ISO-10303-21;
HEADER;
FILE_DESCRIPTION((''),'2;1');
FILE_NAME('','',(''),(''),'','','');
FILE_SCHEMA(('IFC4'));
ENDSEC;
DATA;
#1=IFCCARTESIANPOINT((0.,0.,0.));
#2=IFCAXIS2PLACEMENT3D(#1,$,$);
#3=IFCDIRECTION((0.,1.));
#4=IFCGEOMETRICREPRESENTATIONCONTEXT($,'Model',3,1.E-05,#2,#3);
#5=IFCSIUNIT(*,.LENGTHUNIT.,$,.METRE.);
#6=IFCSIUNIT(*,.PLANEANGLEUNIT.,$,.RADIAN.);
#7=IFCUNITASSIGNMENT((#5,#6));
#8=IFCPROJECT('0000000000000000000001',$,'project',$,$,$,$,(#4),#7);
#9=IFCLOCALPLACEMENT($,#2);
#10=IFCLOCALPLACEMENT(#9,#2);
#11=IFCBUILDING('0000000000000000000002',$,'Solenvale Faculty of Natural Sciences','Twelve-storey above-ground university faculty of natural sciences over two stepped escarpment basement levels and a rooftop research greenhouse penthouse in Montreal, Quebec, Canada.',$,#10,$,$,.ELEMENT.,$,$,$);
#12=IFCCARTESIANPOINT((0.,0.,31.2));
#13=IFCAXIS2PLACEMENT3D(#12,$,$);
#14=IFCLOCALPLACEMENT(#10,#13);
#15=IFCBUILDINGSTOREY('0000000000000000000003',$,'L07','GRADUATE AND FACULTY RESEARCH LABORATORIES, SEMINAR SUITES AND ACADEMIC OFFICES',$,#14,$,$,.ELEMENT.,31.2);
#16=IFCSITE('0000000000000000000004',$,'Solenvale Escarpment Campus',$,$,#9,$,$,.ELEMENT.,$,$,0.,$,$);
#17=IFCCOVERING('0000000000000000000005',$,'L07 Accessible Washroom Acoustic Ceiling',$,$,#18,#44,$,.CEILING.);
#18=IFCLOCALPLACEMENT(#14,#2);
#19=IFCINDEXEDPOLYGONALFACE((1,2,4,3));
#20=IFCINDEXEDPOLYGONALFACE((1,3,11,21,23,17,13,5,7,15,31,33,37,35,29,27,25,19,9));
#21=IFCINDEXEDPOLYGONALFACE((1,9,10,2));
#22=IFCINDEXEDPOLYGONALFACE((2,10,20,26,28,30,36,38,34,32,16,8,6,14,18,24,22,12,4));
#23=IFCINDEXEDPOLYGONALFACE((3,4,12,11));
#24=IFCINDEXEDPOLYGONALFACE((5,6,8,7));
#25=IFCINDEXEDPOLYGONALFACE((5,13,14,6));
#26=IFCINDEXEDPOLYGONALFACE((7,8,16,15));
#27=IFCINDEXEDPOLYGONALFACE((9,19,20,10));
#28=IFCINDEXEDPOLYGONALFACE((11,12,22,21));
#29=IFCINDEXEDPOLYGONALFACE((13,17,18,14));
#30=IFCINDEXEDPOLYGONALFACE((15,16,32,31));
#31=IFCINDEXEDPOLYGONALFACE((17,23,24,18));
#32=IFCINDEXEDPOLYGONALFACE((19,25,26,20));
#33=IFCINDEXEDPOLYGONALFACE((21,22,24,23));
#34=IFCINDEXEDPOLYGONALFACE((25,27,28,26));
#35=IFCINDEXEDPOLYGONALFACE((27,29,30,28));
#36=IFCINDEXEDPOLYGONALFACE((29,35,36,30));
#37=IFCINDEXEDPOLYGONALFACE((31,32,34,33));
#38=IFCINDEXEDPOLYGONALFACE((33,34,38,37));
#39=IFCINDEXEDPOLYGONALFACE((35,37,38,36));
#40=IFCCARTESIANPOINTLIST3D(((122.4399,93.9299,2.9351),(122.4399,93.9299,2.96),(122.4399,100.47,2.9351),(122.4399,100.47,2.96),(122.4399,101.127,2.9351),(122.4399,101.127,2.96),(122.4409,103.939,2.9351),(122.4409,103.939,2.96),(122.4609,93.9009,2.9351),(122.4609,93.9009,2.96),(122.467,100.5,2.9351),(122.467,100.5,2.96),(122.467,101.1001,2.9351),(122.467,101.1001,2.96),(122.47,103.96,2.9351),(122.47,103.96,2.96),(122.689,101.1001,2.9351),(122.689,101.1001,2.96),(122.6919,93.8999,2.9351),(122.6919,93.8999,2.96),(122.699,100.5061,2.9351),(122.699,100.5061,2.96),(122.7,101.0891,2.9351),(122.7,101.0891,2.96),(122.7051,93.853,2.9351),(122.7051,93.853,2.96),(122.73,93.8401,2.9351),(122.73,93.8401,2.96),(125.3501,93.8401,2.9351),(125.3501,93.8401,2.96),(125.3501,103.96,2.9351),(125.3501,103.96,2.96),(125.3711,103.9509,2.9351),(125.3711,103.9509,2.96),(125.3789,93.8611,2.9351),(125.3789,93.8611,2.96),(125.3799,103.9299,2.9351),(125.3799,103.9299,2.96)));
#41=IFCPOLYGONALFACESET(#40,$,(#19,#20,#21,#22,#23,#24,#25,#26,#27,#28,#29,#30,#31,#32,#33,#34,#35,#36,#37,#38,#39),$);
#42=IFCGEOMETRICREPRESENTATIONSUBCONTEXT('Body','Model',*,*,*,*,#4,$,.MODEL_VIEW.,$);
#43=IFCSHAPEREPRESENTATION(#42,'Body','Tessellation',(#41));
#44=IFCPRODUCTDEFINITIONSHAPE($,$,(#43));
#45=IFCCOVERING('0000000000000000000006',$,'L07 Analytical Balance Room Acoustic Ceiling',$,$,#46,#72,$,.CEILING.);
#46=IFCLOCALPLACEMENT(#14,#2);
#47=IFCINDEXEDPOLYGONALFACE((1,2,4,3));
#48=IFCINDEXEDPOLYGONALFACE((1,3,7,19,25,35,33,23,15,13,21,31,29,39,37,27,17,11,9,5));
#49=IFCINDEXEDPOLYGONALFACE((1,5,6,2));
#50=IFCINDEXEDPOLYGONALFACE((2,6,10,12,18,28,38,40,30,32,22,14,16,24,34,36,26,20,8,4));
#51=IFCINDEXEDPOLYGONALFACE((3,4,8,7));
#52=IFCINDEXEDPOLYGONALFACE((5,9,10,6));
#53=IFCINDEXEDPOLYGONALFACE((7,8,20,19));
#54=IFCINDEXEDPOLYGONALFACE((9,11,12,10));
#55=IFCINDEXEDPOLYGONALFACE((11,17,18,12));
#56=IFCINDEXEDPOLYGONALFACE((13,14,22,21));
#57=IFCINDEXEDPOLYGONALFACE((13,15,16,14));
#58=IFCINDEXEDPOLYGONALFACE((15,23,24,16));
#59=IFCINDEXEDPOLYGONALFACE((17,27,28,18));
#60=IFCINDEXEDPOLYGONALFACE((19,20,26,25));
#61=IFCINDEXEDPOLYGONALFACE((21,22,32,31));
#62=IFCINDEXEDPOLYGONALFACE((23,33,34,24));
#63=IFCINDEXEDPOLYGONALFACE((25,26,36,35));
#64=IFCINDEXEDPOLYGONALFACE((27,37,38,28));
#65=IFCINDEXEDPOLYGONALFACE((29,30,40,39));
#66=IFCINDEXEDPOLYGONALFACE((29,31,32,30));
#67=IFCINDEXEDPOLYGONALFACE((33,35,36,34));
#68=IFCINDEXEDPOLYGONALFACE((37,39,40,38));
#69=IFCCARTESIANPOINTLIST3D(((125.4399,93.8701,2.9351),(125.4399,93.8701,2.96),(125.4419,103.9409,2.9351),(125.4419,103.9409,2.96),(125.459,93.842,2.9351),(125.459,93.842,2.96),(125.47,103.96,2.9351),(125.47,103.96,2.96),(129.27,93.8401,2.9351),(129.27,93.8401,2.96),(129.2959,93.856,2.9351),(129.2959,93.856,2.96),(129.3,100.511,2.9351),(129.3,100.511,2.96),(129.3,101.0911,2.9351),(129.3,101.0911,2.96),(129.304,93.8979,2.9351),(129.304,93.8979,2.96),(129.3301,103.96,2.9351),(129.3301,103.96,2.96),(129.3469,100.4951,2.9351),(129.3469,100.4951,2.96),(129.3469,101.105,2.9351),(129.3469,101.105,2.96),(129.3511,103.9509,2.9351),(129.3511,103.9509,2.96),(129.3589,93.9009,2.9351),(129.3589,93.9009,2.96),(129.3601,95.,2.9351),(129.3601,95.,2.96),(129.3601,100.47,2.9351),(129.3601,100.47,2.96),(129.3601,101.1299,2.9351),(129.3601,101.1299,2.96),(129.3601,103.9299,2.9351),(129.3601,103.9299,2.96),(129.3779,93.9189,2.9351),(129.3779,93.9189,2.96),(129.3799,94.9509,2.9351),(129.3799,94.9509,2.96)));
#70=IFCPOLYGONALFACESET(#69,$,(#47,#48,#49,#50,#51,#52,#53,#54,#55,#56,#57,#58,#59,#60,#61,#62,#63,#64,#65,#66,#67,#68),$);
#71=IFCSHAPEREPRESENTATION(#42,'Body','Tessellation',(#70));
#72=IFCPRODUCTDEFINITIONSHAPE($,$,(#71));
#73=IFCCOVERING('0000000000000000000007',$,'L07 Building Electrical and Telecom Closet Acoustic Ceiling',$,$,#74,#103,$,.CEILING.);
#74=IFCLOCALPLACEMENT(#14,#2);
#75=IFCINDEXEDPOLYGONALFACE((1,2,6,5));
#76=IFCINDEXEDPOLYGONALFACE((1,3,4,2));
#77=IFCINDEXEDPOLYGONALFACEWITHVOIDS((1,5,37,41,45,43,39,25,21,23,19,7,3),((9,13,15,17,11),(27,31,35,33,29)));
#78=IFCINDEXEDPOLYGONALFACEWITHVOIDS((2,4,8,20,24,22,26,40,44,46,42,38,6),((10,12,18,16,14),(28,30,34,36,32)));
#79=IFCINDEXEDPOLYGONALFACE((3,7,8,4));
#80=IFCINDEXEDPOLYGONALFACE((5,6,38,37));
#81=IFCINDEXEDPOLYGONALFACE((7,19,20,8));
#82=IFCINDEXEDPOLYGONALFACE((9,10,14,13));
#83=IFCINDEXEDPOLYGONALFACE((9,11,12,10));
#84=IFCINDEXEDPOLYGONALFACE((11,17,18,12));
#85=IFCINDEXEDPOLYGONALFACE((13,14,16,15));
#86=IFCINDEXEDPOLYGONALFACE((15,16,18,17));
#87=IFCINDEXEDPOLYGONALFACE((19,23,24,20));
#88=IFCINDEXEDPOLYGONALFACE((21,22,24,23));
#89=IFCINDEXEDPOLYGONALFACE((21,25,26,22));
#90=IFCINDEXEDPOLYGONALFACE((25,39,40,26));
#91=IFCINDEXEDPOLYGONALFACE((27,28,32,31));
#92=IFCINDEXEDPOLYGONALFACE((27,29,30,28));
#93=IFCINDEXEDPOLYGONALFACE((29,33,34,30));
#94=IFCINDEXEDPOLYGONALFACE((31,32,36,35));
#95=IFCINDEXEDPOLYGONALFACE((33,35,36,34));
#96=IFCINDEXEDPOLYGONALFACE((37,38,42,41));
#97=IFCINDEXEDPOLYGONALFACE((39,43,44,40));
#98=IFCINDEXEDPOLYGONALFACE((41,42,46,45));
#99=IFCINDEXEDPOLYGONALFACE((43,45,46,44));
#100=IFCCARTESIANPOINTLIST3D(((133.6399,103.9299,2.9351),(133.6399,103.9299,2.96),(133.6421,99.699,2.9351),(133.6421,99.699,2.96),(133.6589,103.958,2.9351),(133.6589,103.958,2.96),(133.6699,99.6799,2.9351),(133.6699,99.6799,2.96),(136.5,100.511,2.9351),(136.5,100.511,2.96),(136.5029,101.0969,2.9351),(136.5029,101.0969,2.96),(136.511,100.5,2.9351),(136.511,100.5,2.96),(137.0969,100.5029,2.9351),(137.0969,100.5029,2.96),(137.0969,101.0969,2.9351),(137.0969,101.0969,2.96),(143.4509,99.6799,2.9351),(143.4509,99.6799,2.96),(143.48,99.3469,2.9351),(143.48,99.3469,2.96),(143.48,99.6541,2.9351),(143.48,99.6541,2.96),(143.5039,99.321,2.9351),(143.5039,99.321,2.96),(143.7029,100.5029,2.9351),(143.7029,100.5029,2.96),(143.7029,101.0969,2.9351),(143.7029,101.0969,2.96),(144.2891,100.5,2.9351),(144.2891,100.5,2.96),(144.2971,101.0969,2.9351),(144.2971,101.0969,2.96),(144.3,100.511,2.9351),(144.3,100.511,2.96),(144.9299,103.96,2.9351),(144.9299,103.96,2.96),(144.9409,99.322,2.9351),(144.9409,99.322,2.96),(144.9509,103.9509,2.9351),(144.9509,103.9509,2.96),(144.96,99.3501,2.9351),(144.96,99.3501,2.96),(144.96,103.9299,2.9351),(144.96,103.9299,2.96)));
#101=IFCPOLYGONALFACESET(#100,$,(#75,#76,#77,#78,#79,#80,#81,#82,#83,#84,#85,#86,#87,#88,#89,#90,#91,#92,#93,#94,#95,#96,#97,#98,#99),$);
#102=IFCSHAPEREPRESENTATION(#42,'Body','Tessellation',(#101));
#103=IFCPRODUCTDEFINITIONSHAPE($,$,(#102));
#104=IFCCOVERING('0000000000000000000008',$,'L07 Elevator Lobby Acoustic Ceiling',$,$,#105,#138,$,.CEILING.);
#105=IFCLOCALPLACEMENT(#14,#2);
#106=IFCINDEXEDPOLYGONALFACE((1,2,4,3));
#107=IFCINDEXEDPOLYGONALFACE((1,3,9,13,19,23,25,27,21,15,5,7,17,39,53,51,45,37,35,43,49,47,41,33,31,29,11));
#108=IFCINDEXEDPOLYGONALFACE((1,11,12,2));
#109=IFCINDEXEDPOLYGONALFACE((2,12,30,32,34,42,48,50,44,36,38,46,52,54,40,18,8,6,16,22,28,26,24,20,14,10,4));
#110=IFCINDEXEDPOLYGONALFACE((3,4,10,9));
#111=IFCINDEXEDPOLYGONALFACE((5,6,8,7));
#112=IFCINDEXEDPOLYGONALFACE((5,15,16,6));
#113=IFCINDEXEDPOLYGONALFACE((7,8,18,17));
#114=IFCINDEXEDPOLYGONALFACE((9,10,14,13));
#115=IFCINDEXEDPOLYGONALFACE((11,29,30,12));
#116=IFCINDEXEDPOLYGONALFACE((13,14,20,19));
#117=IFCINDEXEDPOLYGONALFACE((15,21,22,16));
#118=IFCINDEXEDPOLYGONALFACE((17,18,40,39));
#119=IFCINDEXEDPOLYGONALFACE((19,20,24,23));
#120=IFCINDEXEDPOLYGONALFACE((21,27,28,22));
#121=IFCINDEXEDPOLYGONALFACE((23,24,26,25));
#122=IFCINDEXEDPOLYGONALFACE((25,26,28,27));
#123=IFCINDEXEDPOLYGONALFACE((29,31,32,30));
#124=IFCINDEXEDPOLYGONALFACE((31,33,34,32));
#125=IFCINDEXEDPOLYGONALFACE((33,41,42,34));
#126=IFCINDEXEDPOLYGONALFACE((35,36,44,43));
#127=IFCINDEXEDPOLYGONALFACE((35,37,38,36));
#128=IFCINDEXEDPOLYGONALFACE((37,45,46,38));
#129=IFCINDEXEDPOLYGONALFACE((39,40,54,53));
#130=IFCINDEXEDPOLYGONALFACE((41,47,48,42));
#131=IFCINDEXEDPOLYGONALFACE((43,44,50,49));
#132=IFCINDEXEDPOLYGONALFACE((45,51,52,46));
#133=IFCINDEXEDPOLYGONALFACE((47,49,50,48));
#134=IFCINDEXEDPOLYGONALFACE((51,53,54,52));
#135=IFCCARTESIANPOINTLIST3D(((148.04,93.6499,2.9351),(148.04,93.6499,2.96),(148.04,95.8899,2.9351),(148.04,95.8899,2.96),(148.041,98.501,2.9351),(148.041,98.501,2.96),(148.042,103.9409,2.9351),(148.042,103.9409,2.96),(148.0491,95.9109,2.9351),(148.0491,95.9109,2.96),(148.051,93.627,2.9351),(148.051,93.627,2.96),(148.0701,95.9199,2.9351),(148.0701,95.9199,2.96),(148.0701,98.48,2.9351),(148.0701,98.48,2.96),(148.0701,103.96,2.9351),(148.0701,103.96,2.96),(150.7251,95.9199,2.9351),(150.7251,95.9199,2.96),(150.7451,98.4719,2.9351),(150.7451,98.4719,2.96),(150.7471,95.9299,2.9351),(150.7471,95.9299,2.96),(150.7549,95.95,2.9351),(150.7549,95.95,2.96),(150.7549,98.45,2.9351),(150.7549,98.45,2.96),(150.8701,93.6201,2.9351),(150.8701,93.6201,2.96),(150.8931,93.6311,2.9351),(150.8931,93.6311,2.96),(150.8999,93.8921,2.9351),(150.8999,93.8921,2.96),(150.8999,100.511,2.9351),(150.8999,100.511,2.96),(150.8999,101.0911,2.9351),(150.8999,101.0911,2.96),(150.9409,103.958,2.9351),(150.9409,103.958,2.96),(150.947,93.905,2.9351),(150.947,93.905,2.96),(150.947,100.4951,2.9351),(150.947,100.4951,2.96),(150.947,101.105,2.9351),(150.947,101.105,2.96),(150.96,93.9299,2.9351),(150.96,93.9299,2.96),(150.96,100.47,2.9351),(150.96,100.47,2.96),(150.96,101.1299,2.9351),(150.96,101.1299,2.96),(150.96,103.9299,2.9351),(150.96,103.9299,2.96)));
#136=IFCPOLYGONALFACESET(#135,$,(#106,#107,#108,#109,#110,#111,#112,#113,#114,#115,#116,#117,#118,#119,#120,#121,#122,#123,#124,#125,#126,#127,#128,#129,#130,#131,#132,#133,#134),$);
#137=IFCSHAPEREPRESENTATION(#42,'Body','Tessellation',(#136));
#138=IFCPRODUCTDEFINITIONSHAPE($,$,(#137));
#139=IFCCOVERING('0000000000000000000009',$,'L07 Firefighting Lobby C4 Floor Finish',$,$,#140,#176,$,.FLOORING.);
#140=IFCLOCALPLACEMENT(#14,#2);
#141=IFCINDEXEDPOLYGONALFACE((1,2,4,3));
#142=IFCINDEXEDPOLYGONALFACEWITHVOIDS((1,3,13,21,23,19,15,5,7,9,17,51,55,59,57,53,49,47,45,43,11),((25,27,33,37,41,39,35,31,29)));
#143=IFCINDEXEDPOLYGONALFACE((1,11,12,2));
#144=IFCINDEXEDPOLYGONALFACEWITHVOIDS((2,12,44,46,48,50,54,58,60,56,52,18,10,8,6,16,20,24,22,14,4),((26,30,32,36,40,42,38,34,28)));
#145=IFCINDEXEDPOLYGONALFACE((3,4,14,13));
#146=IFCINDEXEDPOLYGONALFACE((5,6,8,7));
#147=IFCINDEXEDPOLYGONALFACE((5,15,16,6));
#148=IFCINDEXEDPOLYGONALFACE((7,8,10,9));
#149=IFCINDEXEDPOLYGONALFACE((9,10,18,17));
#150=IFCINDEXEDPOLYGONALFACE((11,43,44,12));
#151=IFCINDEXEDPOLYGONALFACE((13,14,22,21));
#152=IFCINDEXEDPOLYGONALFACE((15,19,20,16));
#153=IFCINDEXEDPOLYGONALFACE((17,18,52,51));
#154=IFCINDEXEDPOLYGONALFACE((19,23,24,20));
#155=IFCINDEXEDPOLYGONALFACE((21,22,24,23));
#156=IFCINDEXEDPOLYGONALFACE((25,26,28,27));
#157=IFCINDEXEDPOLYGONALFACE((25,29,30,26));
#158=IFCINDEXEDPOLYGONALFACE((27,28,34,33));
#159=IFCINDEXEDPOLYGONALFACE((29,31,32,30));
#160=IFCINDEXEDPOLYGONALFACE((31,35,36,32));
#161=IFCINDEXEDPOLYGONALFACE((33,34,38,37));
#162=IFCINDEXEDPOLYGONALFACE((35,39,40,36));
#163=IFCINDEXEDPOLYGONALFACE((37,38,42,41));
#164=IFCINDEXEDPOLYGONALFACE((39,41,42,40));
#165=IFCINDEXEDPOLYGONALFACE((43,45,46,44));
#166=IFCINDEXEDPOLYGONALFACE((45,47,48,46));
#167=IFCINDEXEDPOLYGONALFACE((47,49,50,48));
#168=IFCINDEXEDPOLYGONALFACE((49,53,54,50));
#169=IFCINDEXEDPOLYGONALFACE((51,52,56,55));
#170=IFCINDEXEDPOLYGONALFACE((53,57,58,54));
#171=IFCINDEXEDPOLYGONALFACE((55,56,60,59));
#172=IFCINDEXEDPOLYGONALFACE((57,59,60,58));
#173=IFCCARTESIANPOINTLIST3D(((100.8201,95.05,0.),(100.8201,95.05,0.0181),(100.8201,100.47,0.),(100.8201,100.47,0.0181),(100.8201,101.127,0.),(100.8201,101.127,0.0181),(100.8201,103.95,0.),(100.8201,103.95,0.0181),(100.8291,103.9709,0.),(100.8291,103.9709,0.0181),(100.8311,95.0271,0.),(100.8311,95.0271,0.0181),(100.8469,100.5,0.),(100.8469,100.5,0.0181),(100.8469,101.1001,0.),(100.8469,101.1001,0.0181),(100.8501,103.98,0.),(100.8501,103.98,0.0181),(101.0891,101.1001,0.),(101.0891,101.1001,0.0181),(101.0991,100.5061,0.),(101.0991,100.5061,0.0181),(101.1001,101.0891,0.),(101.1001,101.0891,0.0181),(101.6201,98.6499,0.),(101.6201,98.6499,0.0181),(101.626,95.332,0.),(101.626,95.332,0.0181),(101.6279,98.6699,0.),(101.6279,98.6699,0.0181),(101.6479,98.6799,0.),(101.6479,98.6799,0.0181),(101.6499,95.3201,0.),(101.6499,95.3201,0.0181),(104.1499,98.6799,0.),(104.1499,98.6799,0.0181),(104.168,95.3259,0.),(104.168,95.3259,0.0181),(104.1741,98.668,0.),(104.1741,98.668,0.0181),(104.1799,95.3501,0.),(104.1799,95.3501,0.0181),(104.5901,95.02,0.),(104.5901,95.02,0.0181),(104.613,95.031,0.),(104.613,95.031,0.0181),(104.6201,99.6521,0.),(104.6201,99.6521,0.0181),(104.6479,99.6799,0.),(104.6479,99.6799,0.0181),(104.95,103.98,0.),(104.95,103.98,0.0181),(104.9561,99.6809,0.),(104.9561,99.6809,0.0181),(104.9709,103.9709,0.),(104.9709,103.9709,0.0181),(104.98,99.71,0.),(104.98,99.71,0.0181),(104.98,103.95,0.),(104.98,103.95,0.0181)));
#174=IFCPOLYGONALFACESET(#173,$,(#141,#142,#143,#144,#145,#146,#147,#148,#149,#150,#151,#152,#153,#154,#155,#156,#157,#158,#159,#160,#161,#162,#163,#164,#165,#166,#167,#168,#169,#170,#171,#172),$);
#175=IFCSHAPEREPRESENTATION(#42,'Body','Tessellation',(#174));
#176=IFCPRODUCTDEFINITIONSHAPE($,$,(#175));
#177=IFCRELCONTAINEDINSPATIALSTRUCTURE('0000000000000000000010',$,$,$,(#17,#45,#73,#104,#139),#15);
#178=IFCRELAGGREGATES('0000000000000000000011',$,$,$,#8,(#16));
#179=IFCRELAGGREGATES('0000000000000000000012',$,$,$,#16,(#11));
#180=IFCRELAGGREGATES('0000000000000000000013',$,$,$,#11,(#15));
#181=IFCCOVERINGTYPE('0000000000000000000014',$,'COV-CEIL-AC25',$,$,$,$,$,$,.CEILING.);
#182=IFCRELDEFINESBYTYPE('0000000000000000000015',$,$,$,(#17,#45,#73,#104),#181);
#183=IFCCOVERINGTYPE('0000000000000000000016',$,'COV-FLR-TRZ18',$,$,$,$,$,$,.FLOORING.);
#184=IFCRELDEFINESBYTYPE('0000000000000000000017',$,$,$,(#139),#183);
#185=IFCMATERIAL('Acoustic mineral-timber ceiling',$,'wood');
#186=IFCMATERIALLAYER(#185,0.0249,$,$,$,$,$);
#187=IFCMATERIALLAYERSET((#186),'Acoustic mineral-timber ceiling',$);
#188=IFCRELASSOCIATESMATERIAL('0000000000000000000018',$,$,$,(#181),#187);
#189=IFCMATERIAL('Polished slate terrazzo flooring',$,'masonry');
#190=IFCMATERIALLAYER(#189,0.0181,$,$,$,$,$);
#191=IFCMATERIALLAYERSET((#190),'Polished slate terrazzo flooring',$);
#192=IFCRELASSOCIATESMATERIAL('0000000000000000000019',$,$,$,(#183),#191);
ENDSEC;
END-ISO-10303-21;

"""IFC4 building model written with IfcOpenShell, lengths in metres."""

from ifc_helpers import new_model, si_unit, direction, frame, origin, place, context, subcontext, project, spatial, polyline, outline, extrude, material, layer, layer_set, type_object, element, save


model = new_model("IFC4")

# Units and contexts
model_context = context("Model", 3, precision=1e-05, world=origin(), true_north=direction((0.0, 1.0)))
body_context = subcontext(model_context, "Body", "Model", "MODEL_VIEW")
ifc_project = project(units=[si_unit("LENGTHUNIT", "METRE"), si_unit("PLANEANGLEUNIT", "RADIAN")], contexts=[model_context])

# Site, building, storey
site_placement = place(None, origin())
site = spatial("IfcSite", under=ifc_project, at=site_placement, Name="Solenvale Escarpment Campus", CompositionType="ELEMENT", RefElevation=0.0)
building_placement = place(site_placement, origin())
building = spatial("IfcBuilding", under=site, at=building_placement, Name="Solenvale Faculty of Natural Sciences", Description="Twelve-storey above-ground university faculty of natural sciences over two stepped escarpment basement levels and a rooftop research greenhouse penthouse in Montreal, Quebec, Canada.", CompositionType="ELEMENT")
storey_placement = place(building_placement, frame((0.0, 0.0, 31.2)))
storey = spatial("IfcBuildingStorey", under=building, at=storey_placement, Name="L07", Description="GRADUATE AND FACULTY RESEARCH LABORATORIES, SEMINAR SUITES AND ACADEMIC OFFICES", CompositionType="ELEMENT", Elevation=31.2)

# Coverings
ifc_material_1 = material(Name="Acoustic mineral-timber ceiling", Category="wood")
ifc_layer_1 = layer(ifc_material_1, 0.0249)
ifc_layer_set_1 = layer_set([ifc_layer_1], Name="Acoustic mineral-timber ceiling")
covering_type_1 = type_object("IfcCoveringType", Name="COV-CEIL-AC25", PredefinedType="CEILING", material=ifc_layer_set_1)
covering_1_placement = place(storey_placement, frame((0.0, 0.0, 2.9351)))
element("IfcCovering", 1, at=covering_1_placement, inside=storey, type_object=covering_type_1, Name="L07 Accessible Washroom Acoustic Ceiling", PredefinedType="CEILING", context=body_context, shape_type="SweptSolid", body=[
    extrude(outline(polyline([(125.3501, 103.96), (125.3711, 103.9509), (125.3799, 103.9299), (125.3789, 93.8611), (125.3501, 93.8401), (122.73, 93.8401), (122.7051, 93.853), (122.6919, 93.8999), (122.4609, 93.9009), (122.4399, 93.9299), (122.4399, 100.47), (122.467, 100.5), (122.699, 100.5061), (122.7, 101.0891), (122.689, 101.1001), (122.467, 101.1001), (122.4399, 101.127), (122.4409, 103.939), (122.47, 103.96), (125.3501, 103.96)])), origin(), (0.0, 0.0, 1.0), 0.0249),
])
covering_2_placement = place(storey_placement, frame((0.0, 0.0, 2.9351)))
element("IfcCovering", 2, at=covering_2_placement, inside=storey, type_object=covering_type_1, Name="L07 Analytical Balance Room Acoustic Ceiling", PredefinedType="CEILING", context=body_context, shape_type="SweptSolid", body=[
    extrude(outline(polyline([(129.3301, 103.96), (129.3511, 103.9509), (129.3601, 103.9299), (129.3601, 101.1299), (129.3469, 101.105), (129.3, 101.0911), (129.3, 100.511), (129.3469, 100.4951), (129.3601, 100.47), (129.3601, 95.0), (129.3799, 94.9509), (129.3779, 93.9189), (129.3589, 93.9009), (129.304, 93.8979), (129.2959, 93.856), (129.27, 93.8401), (125.459, 93.842), (125.4399, 93.8701), (125.4419, 103.9409), (125.47, 103.96), (129.3301, 103.96)])), origin(), (0.0, 0.0, 1.0), 0.0249),
])
covering_3_placement = place(storey_placement, frame((0.0, 0.0, 2.9351)))
element("IfcCovering", 3, at=covering_3_placement, inside=storey, type_object=covering_type_1, Name="L07 Building Electrical and Telecom Closet Acoustic Ceiling", PredefinedType="CEILING", context=body_context, shape_type="SweptSolid", body=[
    extrude(outline(polyline([(144.9299, 103.96), (144.9509, 103.9509), (144.96, 103.9299), (144.96, 99.3501), (144.9409, 99.322), (143.5039, 99.321), (143.48, 99.3469), (143.48, 99.6541), (143.4509, 99.6799), (133.6699, 99.6799), (133.6421, 99.699), (133.6399, 103.9299), (133.6589, 103.958), (144.9299, 103.96)]), holes=[polyline([(144.2891, 100.5), (144.3, 100.511), (144.2971, 101.0969), (143.7029, 101.0969), (143.7029, 100.5029), (144.2891, 100.5)]), polyline([(136.5, 100.511), (136.511, 100.5), (137.0969, 100.5029), (137.0969, 101.0969), (136.5029, 101.0969), (136.5, 100.511)])]), origin(), (0.0, 0.0, 1.0), 0.0249),
])
covering_4_placement = place(storey_placement, frame((0.0, 0.0, 2.9351)))
element("IfcCovering", 4, at=covering_4_placement, inside=storey, type_object=covering_type_1, Name="L07 Elevator Lobby Acoustic Ceiling", PredefinedType="CEILING", context=body_context, shape_type="SweptSolid", body=[
    extrude(outline(polyline([(148.04, 95.8899), (148.0491, 95.9109), (148.0701, 95.9199), (150.7251, 95.9199), (150.7471, 95.9299), (150.7549, 95.95), (150.7549, 98.45), (150.7451, 98.4719), (148.0701, 98.48), (148.041, 98.501), (148.042, 103.9409), (148.0701, 103.96), (150.9409, 103.958), (150.96, 103.9299), (150.96, 101.1299), (150.947, 101.105), (150.8999, 101.0911), (150.8999, 100.511), (150.947, 100.4951), (150.96, 100.47), (150.96, 93.9299), (150.947, 93.905), (150.8999, 93.8921), (150.8931, 93.6311), (150.8701, 93.6201), (148.051, 93.627), (148.04, 93.6499), (148.04, 95.8899)])), origin(), (0.0, 0.0, 1.0), 0.0249),
])
ifc_material_2 = material(Name="Polished slate terrazzo flooring", Category="masonry")
ifc_layer_2 = layer(ifc_material_2, 0.0181)
ifc_layer_set_2 = layer_set([ifc_layer_2], Name="Polished slate terrazzo flooring")
covering_type_2 = type_object("IfcCoveringType", Name="COV-FLR-TRZ18", PredefinedType="FLOORING", material=ifc_layer_set_2)
covering_5_placement = place(storey_placement, origin())
element("IfcCovering", 5, at=covering_5_placement, inside=storey, type_object=covering_type_2, Name="L07 Firefighting Lobby C4 Floor Finish", PredefinedType="FLOORING", context=body_context, shape_type="SweptSolid", body=[
    extrude(outline(polyline([(104.98, 99.71), (104.9561, 99.6809), (104.6479, 99.6799), (104.6201, 99.6521), (104.613, 95.031), (104.5901, 95.02), (100.8311, 95.0271), (100.8201, 95.05), (100.8201, 100.47), (100.8469, 100.5), (101.0991, 100.5061), (101.1001, 101.0891), (101.0891, 101.1001), (100.8469, 101.1001), (100.8201, 101.127), (100.8201, 103.95), (100.8291, 103.9709), (100.8501, 103.98), (104.95, 103.98), (104.9709, 103.9709), (104.98, 103.95), (104.98, 99.71)]), holes=[polyline([(101.6479, 98.6799), (101.6279, 98.6699), (101.6201, 98.6499), (101.626, 95.332), (101.6499, 95.3201), (104.168, 95.3259), (104.1799, 95.3501), (104.1741, 98.668), (104.1499, 98.6799), (101.6479, 98.6799)])]), origin(), (0.0, 0.0, 1.0), 0.0181),
])

save(model, "model.ifc")
